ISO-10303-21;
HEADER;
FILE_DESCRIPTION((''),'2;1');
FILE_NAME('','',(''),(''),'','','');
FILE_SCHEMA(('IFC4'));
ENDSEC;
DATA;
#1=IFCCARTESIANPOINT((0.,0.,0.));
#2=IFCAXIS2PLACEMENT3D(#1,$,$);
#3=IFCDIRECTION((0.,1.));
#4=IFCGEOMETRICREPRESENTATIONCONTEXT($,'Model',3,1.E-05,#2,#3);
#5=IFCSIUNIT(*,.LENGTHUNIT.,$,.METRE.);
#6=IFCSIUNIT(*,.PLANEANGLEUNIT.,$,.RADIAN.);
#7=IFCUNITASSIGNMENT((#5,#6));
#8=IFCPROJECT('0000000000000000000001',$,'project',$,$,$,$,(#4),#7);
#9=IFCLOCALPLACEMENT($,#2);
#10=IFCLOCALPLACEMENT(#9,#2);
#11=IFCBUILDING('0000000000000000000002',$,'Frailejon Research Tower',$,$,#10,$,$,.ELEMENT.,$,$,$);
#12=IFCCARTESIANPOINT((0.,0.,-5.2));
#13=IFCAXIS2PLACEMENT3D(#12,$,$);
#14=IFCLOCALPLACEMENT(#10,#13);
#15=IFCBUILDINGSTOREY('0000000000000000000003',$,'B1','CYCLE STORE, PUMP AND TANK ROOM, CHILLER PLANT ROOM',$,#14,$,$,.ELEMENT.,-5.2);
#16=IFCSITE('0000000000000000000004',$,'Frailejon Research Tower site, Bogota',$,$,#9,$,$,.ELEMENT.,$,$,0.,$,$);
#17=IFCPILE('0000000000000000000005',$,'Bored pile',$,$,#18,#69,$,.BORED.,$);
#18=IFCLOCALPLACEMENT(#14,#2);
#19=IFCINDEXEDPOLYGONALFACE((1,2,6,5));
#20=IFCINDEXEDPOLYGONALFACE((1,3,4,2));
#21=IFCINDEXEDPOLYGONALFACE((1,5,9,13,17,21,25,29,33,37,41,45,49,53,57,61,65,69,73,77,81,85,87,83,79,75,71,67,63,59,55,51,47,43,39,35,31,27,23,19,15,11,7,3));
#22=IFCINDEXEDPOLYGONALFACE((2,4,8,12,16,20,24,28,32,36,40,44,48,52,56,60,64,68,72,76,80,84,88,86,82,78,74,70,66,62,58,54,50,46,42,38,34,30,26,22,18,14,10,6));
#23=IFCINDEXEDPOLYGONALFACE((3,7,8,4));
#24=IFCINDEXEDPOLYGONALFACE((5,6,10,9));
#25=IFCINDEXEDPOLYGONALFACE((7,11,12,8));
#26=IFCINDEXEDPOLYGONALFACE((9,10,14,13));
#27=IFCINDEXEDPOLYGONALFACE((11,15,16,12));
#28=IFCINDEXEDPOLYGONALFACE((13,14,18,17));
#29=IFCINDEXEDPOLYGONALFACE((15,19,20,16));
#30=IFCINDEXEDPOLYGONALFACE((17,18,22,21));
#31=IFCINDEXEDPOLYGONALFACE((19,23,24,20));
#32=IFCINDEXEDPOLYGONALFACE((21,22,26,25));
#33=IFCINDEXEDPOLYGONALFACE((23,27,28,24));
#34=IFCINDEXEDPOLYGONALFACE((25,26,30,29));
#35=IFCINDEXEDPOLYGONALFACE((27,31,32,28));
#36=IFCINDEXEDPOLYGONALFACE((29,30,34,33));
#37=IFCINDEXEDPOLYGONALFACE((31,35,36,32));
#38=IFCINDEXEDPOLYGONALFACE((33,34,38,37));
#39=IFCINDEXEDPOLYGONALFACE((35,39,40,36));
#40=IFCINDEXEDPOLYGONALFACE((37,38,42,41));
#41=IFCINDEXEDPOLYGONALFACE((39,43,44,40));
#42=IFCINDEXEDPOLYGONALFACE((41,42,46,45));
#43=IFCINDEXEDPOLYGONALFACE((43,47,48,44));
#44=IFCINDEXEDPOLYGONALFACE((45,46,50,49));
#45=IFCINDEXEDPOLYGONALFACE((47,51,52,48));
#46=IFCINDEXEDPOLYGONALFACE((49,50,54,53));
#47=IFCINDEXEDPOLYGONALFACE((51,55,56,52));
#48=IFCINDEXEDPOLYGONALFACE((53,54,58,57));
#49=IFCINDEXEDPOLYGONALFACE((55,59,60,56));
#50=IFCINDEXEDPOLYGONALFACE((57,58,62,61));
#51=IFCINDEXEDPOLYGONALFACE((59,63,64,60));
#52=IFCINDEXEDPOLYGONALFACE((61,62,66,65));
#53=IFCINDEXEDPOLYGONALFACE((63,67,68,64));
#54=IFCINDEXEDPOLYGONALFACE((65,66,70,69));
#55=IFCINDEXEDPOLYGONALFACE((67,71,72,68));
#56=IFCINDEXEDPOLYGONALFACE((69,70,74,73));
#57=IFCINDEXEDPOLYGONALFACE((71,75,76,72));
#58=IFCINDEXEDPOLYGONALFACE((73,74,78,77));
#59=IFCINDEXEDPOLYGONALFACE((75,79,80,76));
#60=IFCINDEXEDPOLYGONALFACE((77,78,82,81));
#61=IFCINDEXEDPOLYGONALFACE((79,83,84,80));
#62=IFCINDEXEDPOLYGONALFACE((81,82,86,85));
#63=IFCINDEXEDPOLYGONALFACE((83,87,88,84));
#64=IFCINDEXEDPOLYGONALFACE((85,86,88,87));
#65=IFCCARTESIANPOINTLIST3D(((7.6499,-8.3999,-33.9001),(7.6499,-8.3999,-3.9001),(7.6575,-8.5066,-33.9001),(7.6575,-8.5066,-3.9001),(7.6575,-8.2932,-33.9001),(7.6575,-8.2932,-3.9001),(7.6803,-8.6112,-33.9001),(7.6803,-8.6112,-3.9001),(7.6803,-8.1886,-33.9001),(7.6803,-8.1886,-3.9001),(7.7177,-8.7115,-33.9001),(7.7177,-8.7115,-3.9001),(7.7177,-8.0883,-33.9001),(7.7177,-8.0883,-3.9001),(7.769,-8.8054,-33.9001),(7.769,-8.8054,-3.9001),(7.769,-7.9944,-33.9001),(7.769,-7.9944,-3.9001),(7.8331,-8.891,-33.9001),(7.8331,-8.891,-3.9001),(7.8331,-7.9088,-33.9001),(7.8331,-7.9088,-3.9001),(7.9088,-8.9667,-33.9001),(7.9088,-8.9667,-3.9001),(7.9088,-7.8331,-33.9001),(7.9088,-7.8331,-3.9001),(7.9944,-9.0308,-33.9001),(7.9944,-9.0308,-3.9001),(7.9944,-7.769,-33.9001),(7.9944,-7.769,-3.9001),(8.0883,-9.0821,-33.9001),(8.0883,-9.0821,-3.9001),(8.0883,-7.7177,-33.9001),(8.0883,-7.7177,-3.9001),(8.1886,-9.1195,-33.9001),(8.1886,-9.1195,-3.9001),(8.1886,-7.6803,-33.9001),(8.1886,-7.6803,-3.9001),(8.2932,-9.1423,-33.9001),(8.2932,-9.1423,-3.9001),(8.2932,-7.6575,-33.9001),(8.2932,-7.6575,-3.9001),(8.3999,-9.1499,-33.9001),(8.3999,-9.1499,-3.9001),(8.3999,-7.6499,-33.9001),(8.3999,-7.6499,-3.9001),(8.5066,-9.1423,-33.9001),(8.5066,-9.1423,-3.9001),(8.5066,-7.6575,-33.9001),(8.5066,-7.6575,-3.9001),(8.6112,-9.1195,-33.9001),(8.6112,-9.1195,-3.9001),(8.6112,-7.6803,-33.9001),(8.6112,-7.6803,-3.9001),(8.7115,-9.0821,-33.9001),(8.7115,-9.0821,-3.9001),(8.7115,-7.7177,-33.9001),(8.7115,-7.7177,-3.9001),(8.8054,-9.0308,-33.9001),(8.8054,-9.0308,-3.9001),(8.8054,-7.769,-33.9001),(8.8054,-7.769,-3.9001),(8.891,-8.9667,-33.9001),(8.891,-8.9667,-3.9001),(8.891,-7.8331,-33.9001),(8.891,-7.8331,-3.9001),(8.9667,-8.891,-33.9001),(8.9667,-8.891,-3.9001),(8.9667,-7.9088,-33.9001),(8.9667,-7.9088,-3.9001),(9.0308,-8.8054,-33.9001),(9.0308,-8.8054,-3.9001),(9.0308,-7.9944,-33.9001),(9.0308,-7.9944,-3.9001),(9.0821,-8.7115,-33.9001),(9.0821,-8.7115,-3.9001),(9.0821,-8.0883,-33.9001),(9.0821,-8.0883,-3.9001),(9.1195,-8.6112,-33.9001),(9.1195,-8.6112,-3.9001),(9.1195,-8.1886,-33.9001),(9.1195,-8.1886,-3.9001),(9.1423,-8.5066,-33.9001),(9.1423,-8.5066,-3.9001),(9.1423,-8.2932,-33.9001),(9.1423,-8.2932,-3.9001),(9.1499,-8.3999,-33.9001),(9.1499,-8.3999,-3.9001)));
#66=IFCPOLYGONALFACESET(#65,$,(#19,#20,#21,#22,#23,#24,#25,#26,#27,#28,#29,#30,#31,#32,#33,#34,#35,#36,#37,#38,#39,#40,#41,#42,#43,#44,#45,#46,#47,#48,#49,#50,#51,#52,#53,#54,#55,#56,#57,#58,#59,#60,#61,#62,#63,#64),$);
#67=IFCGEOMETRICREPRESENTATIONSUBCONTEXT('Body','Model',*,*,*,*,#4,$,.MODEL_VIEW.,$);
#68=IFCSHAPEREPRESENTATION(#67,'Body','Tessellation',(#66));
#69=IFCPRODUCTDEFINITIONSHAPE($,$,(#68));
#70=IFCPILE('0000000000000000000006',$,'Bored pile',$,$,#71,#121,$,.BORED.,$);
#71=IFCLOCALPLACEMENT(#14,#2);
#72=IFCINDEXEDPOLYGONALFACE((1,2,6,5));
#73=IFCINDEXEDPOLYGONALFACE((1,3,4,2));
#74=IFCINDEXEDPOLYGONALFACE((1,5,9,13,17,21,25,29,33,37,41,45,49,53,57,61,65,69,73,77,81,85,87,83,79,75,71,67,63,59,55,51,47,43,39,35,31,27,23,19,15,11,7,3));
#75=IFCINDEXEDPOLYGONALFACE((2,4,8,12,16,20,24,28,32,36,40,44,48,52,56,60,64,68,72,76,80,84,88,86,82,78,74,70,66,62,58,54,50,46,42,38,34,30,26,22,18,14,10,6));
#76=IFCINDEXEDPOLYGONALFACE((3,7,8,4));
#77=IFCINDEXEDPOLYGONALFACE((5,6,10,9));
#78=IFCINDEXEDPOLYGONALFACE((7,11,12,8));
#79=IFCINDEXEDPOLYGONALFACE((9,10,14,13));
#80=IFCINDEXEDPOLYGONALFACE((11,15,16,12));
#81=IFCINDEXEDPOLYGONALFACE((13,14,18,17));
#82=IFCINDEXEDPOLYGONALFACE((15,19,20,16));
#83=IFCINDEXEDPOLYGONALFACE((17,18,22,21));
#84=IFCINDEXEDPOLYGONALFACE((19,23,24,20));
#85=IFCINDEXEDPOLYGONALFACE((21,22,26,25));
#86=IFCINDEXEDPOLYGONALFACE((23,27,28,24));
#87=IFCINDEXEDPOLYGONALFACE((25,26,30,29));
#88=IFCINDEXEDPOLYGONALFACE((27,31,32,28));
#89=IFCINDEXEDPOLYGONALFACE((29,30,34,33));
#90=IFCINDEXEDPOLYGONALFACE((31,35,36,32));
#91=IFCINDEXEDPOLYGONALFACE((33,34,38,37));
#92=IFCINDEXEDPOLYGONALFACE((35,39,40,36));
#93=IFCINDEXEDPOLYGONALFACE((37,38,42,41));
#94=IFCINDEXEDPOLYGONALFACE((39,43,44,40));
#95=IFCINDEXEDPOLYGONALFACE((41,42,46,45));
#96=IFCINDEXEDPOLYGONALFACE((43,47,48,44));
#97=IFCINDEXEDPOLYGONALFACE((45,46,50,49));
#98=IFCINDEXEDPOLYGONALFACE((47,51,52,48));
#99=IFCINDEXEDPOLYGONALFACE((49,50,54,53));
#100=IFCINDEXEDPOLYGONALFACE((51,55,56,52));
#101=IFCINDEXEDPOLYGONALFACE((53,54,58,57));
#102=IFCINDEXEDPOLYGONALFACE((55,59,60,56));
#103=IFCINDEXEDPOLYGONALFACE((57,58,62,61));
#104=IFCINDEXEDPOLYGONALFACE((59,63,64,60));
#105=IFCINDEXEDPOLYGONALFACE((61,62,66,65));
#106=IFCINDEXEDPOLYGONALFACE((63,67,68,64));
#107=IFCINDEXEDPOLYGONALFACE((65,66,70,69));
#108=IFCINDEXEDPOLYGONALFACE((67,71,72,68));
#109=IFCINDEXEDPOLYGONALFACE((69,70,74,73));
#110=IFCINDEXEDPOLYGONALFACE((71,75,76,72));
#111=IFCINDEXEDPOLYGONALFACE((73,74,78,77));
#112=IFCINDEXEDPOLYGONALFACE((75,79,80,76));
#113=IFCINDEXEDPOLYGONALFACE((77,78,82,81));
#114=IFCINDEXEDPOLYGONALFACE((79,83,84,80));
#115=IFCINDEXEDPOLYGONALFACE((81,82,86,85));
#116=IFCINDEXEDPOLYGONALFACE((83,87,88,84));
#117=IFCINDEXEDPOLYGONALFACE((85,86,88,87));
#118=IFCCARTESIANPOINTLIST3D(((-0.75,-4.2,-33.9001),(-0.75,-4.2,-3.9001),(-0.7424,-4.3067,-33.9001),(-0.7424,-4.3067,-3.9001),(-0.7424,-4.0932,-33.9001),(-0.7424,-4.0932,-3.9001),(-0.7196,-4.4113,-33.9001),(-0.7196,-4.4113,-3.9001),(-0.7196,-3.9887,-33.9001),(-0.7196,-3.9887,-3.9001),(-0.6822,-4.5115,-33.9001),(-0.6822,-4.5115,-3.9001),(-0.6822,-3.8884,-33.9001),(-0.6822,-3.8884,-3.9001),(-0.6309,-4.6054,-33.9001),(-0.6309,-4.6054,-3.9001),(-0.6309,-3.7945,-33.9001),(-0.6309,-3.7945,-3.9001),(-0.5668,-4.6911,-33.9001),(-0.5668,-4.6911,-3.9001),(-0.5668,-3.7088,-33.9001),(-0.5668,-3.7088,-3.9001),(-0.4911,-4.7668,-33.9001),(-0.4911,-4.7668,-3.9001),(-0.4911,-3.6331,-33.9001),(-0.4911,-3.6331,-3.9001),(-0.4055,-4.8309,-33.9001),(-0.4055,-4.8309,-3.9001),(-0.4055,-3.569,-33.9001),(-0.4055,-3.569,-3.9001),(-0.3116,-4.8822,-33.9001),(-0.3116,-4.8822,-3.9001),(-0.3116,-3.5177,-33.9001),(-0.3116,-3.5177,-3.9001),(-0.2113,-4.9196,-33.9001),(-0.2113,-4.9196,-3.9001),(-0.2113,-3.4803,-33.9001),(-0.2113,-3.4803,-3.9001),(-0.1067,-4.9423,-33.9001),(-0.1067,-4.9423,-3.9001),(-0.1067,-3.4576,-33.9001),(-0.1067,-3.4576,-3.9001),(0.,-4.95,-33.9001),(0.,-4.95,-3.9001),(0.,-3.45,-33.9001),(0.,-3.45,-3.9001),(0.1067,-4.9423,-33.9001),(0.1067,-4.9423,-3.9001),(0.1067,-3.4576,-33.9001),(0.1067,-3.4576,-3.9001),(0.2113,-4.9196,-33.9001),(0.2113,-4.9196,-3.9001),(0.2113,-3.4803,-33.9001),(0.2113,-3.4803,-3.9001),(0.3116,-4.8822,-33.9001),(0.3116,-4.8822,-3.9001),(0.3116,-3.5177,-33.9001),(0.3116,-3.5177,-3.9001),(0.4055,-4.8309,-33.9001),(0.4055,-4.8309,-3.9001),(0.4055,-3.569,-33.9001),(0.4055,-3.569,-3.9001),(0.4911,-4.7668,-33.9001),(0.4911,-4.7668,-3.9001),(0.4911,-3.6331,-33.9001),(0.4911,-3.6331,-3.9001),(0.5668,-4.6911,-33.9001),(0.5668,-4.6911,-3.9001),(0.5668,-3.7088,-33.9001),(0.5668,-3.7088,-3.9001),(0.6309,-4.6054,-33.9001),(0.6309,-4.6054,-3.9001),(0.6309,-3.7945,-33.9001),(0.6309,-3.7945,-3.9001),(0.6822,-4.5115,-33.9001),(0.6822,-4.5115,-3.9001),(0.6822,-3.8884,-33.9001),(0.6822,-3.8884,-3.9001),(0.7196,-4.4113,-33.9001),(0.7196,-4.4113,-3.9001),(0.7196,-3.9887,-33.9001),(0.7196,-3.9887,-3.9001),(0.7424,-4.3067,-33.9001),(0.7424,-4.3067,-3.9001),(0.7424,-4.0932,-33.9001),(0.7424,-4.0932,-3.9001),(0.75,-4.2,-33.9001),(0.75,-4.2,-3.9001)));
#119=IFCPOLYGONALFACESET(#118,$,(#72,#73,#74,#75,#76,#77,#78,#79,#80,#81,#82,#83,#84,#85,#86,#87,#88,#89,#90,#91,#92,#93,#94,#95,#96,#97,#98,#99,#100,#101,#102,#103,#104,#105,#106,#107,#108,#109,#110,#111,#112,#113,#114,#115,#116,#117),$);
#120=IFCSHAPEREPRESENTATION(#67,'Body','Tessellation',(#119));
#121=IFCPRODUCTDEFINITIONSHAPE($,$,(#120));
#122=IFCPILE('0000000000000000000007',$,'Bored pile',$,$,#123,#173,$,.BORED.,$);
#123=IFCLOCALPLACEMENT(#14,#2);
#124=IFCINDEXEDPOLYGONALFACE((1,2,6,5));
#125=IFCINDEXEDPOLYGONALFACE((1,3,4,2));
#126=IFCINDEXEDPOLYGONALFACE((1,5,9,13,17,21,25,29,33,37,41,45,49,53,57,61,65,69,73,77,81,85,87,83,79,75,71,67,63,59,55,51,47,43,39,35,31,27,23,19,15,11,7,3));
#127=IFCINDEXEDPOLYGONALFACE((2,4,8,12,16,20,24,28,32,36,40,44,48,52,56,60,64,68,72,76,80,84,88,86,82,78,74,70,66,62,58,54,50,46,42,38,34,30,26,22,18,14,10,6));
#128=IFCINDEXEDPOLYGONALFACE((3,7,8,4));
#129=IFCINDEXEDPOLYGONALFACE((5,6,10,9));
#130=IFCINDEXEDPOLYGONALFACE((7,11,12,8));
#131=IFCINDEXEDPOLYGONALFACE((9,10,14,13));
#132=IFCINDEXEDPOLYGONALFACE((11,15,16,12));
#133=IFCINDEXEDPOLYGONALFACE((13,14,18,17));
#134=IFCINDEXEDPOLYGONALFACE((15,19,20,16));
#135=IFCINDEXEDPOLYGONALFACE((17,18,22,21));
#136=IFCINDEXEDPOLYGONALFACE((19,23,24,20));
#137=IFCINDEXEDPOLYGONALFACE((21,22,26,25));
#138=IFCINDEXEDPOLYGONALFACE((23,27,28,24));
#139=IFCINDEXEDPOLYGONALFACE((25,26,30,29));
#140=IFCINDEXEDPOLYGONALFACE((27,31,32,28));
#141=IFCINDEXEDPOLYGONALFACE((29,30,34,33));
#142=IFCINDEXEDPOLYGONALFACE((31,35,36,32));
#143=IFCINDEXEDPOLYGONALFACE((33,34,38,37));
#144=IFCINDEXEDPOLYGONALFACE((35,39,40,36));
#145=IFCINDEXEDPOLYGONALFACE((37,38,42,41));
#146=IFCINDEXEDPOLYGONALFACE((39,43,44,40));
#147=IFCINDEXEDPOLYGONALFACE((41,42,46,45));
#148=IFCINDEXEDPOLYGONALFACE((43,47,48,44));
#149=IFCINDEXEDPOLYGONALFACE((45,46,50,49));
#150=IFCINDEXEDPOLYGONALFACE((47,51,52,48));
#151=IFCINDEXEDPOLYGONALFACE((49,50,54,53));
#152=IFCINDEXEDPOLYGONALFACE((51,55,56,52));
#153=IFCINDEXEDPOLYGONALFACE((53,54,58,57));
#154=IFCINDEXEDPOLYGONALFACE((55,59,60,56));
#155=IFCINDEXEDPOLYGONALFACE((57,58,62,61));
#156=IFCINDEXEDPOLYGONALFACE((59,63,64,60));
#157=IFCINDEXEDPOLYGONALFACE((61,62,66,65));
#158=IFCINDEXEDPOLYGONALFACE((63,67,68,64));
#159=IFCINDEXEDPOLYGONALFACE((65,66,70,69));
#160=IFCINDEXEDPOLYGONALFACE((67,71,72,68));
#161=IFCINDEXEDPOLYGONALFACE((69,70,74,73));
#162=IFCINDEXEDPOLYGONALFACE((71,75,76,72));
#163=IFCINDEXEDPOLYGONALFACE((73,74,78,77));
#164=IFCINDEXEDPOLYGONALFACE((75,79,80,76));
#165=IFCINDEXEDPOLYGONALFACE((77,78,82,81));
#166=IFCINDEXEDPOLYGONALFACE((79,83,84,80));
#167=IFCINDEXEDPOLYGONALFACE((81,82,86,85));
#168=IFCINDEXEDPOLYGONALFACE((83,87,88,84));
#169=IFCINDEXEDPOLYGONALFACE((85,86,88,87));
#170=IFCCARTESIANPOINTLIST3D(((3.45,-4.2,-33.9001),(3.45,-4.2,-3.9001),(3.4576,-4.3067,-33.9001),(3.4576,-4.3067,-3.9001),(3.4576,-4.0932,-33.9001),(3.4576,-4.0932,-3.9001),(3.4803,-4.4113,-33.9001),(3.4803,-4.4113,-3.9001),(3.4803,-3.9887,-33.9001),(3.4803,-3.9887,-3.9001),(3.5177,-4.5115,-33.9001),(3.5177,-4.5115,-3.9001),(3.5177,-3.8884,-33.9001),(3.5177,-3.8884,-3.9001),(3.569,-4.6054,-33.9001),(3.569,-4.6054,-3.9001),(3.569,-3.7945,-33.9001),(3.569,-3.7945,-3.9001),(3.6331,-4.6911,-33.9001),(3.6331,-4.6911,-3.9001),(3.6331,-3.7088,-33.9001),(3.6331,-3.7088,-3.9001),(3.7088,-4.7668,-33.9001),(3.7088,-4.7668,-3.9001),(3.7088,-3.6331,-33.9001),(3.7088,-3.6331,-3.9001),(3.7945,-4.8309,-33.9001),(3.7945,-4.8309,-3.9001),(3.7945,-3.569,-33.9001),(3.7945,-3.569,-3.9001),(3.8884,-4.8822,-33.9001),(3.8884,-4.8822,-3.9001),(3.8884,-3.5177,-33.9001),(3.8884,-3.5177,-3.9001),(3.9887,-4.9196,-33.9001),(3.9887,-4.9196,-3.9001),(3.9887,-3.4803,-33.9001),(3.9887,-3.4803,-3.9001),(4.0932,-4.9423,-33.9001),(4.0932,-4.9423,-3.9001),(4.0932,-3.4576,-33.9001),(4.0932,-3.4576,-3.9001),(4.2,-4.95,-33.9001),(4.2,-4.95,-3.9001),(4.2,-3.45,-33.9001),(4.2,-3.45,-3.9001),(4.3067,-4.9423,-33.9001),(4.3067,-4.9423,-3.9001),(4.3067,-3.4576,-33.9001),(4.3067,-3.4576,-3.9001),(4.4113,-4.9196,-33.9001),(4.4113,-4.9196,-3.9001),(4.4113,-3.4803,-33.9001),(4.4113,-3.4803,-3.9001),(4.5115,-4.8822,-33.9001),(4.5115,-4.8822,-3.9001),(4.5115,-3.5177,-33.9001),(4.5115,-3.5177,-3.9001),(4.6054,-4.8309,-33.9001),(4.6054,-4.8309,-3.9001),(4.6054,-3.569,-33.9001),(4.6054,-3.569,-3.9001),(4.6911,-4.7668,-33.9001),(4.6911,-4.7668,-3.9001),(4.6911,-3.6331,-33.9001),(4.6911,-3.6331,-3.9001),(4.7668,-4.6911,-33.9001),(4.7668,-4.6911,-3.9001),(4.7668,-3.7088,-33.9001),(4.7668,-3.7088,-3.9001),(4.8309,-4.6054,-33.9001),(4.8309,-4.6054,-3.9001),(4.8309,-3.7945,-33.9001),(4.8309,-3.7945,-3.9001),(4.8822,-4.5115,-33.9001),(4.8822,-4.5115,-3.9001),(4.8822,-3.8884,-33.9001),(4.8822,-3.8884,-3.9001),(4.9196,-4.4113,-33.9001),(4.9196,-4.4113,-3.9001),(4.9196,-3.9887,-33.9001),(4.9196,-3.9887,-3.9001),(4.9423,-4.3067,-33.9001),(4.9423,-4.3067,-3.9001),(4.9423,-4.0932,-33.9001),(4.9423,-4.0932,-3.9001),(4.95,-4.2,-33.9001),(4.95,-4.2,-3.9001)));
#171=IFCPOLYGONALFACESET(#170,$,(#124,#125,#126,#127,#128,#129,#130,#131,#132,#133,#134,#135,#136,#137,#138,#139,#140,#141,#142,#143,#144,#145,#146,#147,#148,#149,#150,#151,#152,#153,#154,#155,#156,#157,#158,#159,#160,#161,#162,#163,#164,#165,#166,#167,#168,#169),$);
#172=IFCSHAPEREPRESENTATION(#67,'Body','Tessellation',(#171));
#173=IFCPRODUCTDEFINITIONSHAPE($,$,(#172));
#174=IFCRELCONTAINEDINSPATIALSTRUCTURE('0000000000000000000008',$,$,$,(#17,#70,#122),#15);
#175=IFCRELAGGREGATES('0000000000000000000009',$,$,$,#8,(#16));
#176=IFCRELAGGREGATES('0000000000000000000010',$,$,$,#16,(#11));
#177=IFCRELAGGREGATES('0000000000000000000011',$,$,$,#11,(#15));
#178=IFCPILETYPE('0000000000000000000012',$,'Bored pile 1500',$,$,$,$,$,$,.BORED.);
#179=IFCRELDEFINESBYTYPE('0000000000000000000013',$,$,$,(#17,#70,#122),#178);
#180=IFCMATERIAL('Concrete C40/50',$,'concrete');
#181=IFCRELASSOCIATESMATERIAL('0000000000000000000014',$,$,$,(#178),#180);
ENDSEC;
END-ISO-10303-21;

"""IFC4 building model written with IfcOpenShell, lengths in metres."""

from ifc_helpers import new_model, si_unit, direction, frame, origin, origin_2d, place, context, subcontext, project, spatial, circle, extrude, material, material_profile, profile_set, type_object, element, save


model = new_model("IFC4")

# Units and contexts
model_context = context("Model", 3, precision=1e-05, world=origin(), true_north=direction((0.0, 1.0)))
body_context = subcontext(model_context, "Body", "Model", "MODEL_VIEW")
ifc_project = project(units=[si_unit("LENGTHUNIT", "METRE"), si_unit("PLANEANGLEUNIT", "RADIAN")], contexts=[model_context])

# Site, building, storey
site_placement = place(None, origin())
site = spatial("IfcSite", under=ifc_project, at=site_placement, Name="Frailejon Research Tower site, Bogota", CompositionType="ELEMENT", RefElevation=0.0)
building_placement = place(site_placement, origin())
building = spatial("IfcBuilding", under=site, at=building_placement, Name="Frailejon Research Tower", CompositionType="ELEMENT")
storey_placement = place(building_placement, frame((0.0, 0.0, -5.2)))
storey = spatial("IfcBuildingStorey", under=building, at=storey_placement, Name="B1", Description="CYCLE STORE, PUMP AND TANK ROOM, CHILLER PLANT ROOM", CompositionType="ELEMENT", Elevation=-5.2)

# Piles
ifc_material_1 = material(Name="Concrete C40/50", Category="concrete")
ifc_material_profile = material_profile(ifc_material_1, circle(Radius=0.75, at=origin_2d()), Name="Bored pile 1500")
ifc_profile_set = profile_set([ifc_material_profile], Name="Concrete C40/50")
pile_type = type_object("IfcPileType", Name="Bored pile 1500", PredefinedType="BORED", material=ifc_profile_set)
for number, where, z_axis, x_axis, name in (
    (1, (8.3999, -8.3999, -3.9001), (0.0, 0.0, -1.0), (1.0, 0.0, 0.0), "Bored pile"),
    (2, (0.0, -4.2, -3.9001), (0.0, 0.0, -1.0), (1.0, 0.0, 0.0), "Bored pile"),
    (3, (4.2, -4.2, -3.9001), (0.0, 0.0, -1.0), (1.0, 0.0, 0.0), "Bored pile"),
):
    element("IfcPile", number, at=place(storey_placement, frame(where, z_axis=z_axis, x_axis=x_axis)), inside=storey, type_object=pile_type, Name=name, PredefinedType="BORED", context=body_context, shape_type="SweptSolid", body=[
        extrude(circle(Radius=0.75, at=origin_2d()), origin(), (0.0, 0.0, 1.0), 30.0),
    ])

save(model, "model.ifc")
